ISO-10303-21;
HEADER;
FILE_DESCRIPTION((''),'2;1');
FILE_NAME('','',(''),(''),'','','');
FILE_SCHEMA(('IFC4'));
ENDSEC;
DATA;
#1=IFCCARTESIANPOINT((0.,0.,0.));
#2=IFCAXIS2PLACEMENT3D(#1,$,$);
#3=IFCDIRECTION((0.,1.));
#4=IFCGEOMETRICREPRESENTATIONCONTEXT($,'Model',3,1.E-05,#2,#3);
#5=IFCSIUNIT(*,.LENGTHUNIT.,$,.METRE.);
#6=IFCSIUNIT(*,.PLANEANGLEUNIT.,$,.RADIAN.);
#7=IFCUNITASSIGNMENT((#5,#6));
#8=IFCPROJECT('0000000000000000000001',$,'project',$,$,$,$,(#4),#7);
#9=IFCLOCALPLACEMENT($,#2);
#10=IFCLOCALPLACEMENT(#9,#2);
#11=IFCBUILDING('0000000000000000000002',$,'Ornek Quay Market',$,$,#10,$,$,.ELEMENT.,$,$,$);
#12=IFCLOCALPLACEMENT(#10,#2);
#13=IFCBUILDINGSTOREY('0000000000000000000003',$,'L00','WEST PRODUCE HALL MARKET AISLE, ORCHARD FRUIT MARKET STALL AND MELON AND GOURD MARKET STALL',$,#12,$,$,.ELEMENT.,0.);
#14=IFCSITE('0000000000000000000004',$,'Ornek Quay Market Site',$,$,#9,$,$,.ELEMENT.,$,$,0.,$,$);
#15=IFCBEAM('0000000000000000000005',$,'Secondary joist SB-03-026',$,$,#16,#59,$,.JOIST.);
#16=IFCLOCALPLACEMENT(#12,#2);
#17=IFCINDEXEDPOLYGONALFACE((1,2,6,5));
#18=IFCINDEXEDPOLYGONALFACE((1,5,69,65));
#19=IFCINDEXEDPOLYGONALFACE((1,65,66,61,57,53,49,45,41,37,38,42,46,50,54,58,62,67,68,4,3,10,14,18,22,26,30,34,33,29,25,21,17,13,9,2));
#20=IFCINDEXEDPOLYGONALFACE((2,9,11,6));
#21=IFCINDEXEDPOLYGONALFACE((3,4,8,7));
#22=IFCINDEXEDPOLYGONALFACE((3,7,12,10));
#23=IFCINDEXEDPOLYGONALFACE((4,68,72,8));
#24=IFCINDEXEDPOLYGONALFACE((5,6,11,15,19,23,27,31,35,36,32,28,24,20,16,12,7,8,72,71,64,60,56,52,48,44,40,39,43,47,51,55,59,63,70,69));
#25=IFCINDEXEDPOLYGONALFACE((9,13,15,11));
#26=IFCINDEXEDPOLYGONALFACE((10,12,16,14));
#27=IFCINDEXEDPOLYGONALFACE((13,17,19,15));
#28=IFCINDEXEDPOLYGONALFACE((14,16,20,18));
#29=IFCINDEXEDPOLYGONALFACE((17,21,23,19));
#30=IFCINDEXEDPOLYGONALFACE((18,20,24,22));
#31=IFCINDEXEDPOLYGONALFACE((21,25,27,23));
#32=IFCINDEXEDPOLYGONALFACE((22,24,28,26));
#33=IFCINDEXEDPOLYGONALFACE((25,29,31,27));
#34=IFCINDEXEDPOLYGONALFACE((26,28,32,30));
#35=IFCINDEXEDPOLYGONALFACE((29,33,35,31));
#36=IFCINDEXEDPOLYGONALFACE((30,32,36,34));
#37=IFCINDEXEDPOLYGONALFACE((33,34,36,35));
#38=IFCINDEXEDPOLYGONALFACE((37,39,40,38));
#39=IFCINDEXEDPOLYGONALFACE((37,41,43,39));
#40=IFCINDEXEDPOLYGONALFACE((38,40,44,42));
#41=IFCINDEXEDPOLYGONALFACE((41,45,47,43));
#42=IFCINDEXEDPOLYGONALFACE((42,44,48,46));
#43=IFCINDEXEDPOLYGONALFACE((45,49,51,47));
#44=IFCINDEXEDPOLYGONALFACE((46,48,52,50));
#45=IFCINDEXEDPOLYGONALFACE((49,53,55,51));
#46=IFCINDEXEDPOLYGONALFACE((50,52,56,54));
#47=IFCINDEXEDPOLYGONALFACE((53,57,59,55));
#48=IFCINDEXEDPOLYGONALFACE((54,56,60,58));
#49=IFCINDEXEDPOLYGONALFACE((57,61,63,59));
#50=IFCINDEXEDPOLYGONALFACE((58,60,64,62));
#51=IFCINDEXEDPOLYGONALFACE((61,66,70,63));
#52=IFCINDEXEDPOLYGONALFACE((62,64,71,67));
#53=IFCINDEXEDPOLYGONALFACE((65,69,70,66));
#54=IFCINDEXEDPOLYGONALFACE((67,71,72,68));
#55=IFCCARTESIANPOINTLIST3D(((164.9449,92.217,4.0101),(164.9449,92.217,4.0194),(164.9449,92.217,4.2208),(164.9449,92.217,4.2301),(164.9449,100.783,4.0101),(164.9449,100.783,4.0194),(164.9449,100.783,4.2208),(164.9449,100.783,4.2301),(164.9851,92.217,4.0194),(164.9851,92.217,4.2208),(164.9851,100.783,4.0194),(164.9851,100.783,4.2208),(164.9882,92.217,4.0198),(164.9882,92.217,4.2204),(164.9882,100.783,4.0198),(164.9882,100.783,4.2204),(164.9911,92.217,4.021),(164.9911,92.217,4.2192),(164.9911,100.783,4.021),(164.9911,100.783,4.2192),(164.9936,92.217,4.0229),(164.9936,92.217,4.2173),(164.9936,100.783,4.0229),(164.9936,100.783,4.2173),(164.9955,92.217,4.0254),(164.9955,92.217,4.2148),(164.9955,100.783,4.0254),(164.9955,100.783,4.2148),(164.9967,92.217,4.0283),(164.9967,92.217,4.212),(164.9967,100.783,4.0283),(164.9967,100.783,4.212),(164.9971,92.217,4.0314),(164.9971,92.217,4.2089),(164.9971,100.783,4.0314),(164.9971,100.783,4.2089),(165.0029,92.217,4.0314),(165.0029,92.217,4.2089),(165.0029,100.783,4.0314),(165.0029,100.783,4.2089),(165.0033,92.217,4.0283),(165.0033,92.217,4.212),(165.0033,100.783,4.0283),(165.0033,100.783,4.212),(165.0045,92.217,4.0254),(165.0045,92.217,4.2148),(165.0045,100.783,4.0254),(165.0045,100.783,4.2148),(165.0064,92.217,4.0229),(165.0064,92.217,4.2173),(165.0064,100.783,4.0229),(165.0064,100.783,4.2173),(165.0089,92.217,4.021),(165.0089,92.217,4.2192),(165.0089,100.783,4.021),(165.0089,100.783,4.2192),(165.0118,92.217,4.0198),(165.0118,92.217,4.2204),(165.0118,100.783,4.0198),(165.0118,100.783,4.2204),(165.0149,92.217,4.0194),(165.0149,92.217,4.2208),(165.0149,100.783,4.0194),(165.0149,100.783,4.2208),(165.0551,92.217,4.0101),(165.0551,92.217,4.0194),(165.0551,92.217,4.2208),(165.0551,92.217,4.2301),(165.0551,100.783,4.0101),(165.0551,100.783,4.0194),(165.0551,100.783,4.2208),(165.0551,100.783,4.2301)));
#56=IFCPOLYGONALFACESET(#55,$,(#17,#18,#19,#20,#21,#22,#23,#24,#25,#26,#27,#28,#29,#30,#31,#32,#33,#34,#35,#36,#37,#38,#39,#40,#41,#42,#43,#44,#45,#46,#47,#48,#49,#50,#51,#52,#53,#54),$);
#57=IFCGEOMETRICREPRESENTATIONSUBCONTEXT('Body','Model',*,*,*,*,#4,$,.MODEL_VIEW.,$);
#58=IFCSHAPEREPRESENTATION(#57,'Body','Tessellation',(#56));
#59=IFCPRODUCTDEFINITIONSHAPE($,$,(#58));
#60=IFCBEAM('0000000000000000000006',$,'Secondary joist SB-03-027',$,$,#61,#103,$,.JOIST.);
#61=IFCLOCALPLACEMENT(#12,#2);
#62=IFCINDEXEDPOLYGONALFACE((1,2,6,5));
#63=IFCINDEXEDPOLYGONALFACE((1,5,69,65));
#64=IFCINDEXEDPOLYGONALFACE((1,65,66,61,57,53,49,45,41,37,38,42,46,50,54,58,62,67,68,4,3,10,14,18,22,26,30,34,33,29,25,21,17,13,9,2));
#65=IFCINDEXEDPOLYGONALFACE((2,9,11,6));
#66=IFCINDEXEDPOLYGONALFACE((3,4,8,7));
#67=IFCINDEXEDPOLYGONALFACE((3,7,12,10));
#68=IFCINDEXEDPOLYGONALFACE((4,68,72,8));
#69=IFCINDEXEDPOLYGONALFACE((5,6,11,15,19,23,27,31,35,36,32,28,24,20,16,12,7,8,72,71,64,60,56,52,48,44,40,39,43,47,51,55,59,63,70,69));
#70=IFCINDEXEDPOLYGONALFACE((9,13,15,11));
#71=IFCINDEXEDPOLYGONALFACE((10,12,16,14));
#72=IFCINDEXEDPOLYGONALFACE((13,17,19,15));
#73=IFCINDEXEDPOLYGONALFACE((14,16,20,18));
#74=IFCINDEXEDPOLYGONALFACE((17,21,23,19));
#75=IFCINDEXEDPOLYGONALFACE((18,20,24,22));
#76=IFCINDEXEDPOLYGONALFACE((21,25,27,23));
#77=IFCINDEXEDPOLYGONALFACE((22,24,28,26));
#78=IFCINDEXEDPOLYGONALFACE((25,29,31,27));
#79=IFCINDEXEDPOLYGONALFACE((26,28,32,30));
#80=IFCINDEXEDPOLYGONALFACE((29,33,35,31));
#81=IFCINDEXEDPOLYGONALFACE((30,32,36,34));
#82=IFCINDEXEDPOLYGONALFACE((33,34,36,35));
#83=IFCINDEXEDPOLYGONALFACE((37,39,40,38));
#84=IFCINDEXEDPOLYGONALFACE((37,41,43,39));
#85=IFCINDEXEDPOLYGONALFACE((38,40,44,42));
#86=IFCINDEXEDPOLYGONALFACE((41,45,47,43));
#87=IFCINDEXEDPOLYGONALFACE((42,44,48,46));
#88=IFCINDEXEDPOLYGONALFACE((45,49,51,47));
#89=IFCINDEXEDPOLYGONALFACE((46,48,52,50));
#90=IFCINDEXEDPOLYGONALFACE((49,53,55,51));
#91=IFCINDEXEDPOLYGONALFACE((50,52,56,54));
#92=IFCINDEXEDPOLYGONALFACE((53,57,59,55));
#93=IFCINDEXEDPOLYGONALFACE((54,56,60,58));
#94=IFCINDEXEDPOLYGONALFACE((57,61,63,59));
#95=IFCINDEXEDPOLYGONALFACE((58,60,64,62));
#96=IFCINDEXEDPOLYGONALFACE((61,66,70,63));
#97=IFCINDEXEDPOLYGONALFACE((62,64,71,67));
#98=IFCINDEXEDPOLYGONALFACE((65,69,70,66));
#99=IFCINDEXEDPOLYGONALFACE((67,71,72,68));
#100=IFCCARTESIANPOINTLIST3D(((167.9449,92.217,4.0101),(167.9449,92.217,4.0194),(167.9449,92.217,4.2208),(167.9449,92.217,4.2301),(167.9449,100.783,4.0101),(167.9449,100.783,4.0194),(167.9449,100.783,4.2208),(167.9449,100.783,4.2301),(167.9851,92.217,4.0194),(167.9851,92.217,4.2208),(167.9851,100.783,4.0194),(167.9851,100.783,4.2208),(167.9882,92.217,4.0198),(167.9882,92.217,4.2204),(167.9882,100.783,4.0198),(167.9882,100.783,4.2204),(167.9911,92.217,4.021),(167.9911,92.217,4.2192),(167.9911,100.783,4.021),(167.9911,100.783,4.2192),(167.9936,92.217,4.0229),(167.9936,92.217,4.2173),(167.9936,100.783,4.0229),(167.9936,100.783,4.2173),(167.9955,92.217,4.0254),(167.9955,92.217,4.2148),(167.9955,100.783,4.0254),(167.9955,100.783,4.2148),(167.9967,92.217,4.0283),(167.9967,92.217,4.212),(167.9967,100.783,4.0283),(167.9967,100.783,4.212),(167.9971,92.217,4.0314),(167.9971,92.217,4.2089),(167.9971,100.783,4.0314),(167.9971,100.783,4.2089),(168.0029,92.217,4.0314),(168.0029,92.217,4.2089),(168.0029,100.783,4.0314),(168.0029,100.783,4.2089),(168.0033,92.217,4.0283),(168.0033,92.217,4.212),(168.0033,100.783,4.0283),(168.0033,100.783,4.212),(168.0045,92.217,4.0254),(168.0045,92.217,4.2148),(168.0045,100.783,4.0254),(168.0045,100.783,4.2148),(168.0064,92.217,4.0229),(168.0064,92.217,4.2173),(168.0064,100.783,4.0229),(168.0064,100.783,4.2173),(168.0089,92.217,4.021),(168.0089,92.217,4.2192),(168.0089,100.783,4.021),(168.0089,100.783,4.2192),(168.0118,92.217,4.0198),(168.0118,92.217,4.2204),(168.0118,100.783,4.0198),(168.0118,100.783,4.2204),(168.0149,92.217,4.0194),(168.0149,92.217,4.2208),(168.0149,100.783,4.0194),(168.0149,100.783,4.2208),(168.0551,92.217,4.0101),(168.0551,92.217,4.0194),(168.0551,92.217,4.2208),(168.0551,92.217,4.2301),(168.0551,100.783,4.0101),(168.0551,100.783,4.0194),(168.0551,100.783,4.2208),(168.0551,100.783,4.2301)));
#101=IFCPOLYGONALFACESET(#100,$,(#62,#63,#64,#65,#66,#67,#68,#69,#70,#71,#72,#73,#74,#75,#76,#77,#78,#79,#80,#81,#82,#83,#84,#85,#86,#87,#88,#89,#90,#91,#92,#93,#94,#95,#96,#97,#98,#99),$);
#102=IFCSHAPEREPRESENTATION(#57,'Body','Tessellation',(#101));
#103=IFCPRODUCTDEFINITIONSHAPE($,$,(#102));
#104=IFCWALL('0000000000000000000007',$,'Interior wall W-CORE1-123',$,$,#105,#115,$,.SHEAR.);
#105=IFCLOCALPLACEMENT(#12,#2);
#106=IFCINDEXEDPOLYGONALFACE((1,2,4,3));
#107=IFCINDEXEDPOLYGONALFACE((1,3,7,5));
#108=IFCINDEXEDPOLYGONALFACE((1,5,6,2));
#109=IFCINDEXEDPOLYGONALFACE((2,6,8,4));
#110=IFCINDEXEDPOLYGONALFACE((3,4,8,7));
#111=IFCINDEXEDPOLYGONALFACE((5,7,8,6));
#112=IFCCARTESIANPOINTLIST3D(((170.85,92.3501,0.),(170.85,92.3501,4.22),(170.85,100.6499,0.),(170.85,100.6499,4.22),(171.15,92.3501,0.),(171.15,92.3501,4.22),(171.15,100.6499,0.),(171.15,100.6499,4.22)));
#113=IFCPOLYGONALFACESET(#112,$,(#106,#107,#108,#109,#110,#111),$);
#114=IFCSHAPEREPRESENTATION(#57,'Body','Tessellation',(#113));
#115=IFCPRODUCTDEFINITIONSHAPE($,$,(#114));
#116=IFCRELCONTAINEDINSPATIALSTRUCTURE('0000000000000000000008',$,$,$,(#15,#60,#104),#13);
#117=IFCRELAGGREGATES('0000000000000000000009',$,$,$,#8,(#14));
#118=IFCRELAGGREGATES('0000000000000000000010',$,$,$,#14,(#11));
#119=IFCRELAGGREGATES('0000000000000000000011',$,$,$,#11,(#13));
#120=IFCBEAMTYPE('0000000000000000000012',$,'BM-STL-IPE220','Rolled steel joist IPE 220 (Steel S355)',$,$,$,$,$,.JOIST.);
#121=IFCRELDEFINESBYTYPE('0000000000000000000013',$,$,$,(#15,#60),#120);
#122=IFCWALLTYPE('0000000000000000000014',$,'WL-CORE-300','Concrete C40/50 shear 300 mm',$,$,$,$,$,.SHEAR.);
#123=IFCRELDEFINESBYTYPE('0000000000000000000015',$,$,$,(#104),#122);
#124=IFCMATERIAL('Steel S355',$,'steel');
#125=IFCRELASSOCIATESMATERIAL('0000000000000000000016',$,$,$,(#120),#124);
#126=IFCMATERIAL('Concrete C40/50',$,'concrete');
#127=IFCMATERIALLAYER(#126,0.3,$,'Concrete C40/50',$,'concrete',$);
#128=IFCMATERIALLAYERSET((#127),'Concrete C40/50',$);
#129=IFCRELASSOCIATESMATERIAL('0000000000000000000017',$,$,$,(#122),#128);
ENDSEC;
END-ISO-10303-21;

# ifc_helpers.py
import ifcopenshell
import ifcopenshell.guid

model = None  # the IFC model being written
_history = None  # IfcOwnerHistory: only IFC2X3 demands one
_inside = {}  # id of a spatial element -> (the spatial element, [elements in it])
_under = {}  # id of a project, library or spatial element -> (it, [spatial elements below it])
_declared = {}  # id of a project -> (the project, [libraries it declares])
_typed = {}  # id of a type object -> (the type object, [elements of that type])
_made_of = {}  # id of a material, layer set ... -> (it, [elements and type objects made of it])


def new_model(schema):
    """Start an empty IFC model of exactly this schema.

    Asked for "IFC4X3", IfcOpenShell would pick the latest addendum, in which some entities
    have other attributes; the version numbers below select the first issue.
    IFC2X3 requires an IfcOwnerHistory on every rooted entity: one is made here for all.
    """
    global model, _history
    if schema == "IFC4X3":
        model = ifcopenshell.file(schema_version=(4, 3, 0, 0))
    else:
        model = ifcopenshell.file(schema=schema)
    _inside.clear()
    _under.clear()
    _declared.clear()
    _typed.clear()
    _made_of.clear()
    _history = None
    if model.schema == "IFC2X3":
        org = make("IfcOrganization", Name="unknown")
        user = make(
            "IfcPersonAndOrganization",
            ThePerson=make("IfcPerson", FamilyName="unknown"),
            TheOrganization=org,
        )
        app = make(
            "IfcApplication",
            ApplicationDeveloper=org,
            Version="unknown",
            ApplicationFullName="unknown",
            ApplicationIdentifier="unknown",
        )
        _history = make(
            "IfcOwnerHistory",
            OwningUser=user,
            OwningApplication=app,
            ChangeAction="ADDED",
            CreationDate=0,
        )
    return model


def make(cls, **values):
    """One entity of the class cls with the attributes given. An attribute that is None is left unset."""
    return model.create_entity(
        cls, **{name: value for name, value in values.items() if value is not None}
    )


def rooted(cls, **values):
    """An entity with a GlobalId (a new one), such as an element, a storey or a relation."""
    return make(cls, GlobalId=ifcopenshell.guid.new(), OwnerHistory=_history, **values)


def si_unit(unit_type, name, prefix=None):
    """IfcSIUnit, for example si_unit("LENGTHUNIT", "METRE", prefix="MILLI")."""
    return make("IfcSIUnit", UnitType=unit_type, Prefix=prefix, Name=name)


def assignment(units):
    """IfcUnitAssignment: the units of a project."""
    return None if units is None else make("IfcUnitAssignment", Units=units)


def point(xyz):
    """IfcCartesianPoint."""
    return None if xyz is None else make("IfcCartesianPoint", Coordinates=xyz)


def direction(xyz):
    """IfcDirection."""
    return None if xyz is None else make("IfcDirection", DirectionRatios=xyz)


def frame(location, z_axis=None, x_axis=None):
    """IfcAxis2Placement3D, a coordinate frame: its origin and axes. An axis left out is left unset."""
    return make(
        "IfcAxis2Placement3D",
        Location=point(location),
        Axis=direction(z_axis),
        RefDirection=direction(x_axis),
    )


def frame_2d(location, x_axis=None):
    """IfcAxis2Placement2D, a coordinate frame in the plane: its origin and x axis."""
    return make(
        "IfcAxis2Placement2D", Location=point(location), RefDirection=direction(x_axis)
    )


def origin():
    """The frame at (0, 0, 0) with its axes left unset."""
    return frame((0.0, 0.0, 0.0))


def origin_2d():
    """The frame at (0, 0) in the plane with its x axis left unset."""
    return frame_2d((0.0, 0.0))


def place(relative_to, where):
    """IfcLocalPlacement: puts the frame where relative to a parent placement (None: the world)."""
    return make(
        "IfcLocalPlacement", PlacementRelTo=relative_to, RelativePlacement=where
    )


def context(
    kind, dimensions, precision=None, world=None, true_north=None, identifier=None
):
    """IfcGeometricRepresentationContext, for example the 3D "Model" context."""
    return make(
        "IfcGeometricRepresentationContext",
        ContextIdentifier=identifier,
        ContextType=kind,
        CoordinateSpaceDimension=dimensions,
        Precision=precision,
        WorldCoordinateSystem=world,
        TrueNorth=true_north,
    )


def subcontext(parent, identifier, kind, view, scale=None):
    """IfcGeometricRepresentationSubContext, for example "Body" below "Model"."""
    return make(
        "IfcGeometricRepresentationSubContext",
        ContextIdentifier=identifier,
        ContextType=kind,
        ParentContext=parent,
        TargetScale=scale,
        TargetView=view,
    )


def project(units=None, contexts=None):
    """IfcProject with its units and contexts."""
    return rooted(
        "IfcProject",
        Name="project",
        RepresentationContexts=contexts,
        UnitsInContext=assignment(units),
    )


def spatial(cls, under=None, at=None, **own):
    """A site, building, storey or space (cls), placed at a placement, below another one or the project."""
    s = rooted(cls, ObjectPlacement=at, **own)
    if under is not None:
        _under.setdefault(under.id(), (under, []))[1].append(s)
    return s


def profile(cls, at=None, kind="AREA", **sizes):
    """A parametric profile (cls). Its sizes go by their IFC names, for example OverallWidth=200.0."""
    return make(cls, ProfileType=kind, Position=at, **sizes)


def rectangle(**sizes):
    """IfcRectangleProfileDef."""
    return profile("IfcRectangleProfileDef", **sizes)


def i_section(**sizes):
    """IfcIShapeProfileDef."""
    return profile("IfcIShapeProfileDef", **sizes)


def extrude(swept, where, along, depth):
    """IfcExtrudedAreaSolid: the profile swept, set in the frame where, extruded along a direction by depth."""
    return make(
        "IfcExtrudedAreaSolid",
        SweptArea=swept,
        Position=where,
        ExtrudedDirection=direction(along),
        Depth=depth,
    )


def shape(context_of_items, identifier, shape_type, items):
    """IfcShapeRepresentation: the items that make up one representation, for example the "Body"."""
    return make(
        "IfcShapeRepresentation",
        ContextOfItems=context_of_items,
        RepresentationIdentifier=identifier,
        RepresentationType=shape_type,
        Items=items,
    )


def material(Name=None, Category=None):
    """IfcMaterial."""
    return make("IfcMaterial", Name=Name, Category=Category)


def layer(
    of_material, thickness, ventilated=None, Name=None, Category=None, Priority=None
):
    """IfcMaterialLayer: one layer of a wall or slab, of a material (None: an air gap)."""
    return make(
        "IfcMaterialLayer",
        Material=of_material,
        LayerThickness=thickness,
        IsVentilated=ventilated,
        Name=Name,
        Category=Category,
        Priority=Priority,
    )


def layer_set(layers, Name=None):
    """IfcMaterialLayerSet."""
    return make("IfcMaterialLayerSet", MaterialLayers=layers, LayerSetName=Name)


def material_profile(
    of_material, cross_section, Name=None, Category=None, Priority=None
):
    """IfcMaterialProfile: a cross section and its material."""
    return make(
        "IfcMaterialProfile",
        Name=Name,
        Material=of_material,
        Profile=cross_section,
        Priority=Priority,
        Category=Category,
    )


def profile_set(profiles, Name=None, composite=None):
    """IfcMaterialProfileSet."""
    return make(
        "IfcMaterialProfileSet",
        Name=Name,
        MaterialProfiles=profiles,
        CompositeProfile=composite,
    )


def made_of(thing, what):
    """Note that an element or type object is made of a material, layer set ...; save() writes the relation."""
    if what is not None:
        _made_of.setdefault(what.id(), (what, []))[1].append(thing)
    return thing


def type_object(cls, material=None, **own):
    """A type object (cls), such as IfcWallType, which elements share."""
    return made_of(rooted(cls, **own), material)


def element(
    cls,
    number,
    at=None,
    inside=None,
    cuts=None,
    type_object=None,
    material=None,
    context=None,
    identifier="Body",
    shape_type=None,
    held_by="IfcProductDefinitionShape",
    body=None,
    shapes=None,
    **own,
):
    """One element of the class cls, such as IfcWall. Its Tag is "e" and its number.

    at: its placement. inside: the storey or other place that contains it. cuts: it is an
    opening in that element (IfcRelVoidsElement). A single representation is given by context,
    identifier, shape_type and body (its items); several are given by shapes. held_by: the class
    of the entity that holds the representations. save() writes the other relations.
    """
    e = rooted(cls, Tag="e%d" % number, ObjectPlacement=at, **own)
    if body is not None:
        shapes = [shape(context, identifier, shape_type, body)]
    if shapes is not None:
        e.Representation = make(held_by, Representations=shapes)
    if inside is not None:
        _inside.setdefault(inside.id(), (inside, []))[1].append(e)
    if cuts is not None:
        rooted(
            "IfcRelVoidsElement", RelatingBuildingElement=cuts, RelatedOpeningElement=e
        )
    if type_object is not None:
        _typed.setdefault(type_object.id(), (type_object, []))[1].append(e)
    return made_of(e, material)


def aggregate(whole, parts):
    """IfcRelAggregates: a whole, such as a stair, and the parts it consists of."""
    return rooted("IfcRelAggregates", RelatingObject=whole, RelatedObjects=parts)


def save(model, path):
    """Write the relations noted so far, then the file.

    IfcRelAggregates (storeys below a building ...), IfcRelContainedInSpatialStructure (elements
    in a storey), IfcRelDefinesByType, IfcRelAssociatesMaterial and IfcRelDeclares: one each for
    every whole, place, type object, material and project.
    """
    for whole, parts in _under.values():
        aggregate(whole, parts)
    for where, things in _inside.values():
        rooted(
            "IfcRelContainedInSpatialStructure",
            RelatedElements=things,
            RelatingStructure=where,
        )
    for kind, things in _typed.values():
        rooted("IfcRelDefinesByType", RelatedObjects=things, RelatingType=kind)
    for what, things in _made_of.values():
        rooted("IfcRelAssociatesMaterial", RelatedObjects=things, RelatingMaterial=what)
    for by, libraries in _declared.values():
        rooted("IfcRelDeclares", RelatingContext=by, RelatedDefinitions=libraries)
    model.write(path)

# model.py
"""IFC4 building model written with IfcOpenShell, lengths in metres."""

from ifc_helpers import new_model, si_unit, direction, frame, frame_2d, origin, origin_2d, place, context, subcontext, project, spatial, rectangle, i_section, extrude, material, layer, layer_set, material_profile, profile_set, type_object, element, save


model = new_model("IFC4")

# Units and contexts
model_context = context("Model", 3, precision=1e-05, world=origin(), true_north=direction((0.0, 1.0)))
body_context = subcontext(model_context, "Body", "Model", "MODEL_VIEW")
ifc_project = project(units=[si_unit("LENGTHUNIT", "METRE"), si_unit("PLANEANGLEUNIT", "RADIAN")], contexts=[model_context])

# Site, building, storey
site_placement = place(None, origin())
site = spatial("IfcSite", under=ifc_project, at=site_placement, Name="Ornek Quay Market Site", CompositionType="ELEMENT", RefElevation=0.0)
building_placement = place(site_placement, origin())
building = spatial("IfcBuilding", under=site, at=building_placement, Name="Ornek Quay Market", CompositionType="ELEMENT")
storey_placement = place(building_placement, origin())
storey = spatial("IfcBuildingStorey", under=building, at=storey_placement, Name="L00", Description="WEST PRODUCE HALL MARKET AISLE, ORCHARD FRUIT MARKET STALL AND MELON AND GOURD MARKET STALL", CompositionType="ELEMENT", Elevation=0.0)

# Shared definitions
ifc_material_1 = material(Name="Concrete C40/50", Category="concrete")

# Beams
ifc_material_2 = material(Name="Steel S355", Category="steel")
ifc_material_profile_1 = material_profile(ifc_material_2, i_section(OverallWidth=0.1101, OverallDepth=0.22, WebThickness=0.0059, FlangeThickness=0.0093, FilletRadius=0.012, at=origin_2d()), Name="IPE 220", Category="steel")
ifc_profile_set_1 = profile_set([ifc_material_profile_1], Name="Steel S355")
beam_type_1 = type_object("IfcBeamType", Name="BM-STL-IPE220", Description="Rolled steel joist IPE 220 (Steel S355)", PredefinedType="JOIST", material=ifc_profile_set_1)
for number, where, z_axis, x_axis, name in (
    (1, (165.0, 92.217, 4.1201), (0.0, 1.0, 0.0), (-1.0, 0.0, 0.0), "Secondary joist SB-03-026"),
    (2, (168.0, 92.217, 4.1201), (0.0, 1.0, 0.0), (-1.0, 0.0, 0.0), "Secondary joist SB-03-027"),
):
    element("IfcBeam", number, at=place(storey_placement, frame(where, z_axis=z_axis, x_axis=x_axis)), inside=storey, type_object=beam_type_1, Name=name, PredefinedType="JOIST", context=body_context, shape_type="SweptSolid", body=[
        extrude(i_section(OverallWidth=0.1101, OverallDepth=0.22, WebThickness=0.0059, FlangeThickness=0.0093, FilletRadius=0.012, at=origin_2d()), origin(), (0.0, 0.0, 1.0), 8.5659),
    ])

# Wall
ifc_layer = layer(ifc_material_1, 0.3, Name="Concrete C40/50", Category="concrete")
ifc_layer_set = layer_set([ifc_layer], Name="Concrete C40/50")
wall_type = type_object("IfcWallType", Name="WL-CORE-300", Description="Concrete C40/50 shear 300 mm", PredefinedType="SHEAR", material=ifc_layer_set)
wall_placement = place(storey_placement, frame((171.0, 92.3501, 0.0), z_axis=(0.0, 0.0, 1.0), x_axis=(0.0, 1.0, 0.0)))
element("IfcWall", 3, at=wall_placement, inside=storey, type_object=wall_type, Name="Interior wall W-CORE1-123", PredefinedType="SHEAR", context=body_context, shape_type="SweptSolid", body=[
    extrude(rectangle(XDim=8.2998, YDim=0.3, at=frame_2d((4.1499, 0.0))), origin(), (0.0, 0.0, 1.0), 4.22),
])

save(model, "model.ifc")
